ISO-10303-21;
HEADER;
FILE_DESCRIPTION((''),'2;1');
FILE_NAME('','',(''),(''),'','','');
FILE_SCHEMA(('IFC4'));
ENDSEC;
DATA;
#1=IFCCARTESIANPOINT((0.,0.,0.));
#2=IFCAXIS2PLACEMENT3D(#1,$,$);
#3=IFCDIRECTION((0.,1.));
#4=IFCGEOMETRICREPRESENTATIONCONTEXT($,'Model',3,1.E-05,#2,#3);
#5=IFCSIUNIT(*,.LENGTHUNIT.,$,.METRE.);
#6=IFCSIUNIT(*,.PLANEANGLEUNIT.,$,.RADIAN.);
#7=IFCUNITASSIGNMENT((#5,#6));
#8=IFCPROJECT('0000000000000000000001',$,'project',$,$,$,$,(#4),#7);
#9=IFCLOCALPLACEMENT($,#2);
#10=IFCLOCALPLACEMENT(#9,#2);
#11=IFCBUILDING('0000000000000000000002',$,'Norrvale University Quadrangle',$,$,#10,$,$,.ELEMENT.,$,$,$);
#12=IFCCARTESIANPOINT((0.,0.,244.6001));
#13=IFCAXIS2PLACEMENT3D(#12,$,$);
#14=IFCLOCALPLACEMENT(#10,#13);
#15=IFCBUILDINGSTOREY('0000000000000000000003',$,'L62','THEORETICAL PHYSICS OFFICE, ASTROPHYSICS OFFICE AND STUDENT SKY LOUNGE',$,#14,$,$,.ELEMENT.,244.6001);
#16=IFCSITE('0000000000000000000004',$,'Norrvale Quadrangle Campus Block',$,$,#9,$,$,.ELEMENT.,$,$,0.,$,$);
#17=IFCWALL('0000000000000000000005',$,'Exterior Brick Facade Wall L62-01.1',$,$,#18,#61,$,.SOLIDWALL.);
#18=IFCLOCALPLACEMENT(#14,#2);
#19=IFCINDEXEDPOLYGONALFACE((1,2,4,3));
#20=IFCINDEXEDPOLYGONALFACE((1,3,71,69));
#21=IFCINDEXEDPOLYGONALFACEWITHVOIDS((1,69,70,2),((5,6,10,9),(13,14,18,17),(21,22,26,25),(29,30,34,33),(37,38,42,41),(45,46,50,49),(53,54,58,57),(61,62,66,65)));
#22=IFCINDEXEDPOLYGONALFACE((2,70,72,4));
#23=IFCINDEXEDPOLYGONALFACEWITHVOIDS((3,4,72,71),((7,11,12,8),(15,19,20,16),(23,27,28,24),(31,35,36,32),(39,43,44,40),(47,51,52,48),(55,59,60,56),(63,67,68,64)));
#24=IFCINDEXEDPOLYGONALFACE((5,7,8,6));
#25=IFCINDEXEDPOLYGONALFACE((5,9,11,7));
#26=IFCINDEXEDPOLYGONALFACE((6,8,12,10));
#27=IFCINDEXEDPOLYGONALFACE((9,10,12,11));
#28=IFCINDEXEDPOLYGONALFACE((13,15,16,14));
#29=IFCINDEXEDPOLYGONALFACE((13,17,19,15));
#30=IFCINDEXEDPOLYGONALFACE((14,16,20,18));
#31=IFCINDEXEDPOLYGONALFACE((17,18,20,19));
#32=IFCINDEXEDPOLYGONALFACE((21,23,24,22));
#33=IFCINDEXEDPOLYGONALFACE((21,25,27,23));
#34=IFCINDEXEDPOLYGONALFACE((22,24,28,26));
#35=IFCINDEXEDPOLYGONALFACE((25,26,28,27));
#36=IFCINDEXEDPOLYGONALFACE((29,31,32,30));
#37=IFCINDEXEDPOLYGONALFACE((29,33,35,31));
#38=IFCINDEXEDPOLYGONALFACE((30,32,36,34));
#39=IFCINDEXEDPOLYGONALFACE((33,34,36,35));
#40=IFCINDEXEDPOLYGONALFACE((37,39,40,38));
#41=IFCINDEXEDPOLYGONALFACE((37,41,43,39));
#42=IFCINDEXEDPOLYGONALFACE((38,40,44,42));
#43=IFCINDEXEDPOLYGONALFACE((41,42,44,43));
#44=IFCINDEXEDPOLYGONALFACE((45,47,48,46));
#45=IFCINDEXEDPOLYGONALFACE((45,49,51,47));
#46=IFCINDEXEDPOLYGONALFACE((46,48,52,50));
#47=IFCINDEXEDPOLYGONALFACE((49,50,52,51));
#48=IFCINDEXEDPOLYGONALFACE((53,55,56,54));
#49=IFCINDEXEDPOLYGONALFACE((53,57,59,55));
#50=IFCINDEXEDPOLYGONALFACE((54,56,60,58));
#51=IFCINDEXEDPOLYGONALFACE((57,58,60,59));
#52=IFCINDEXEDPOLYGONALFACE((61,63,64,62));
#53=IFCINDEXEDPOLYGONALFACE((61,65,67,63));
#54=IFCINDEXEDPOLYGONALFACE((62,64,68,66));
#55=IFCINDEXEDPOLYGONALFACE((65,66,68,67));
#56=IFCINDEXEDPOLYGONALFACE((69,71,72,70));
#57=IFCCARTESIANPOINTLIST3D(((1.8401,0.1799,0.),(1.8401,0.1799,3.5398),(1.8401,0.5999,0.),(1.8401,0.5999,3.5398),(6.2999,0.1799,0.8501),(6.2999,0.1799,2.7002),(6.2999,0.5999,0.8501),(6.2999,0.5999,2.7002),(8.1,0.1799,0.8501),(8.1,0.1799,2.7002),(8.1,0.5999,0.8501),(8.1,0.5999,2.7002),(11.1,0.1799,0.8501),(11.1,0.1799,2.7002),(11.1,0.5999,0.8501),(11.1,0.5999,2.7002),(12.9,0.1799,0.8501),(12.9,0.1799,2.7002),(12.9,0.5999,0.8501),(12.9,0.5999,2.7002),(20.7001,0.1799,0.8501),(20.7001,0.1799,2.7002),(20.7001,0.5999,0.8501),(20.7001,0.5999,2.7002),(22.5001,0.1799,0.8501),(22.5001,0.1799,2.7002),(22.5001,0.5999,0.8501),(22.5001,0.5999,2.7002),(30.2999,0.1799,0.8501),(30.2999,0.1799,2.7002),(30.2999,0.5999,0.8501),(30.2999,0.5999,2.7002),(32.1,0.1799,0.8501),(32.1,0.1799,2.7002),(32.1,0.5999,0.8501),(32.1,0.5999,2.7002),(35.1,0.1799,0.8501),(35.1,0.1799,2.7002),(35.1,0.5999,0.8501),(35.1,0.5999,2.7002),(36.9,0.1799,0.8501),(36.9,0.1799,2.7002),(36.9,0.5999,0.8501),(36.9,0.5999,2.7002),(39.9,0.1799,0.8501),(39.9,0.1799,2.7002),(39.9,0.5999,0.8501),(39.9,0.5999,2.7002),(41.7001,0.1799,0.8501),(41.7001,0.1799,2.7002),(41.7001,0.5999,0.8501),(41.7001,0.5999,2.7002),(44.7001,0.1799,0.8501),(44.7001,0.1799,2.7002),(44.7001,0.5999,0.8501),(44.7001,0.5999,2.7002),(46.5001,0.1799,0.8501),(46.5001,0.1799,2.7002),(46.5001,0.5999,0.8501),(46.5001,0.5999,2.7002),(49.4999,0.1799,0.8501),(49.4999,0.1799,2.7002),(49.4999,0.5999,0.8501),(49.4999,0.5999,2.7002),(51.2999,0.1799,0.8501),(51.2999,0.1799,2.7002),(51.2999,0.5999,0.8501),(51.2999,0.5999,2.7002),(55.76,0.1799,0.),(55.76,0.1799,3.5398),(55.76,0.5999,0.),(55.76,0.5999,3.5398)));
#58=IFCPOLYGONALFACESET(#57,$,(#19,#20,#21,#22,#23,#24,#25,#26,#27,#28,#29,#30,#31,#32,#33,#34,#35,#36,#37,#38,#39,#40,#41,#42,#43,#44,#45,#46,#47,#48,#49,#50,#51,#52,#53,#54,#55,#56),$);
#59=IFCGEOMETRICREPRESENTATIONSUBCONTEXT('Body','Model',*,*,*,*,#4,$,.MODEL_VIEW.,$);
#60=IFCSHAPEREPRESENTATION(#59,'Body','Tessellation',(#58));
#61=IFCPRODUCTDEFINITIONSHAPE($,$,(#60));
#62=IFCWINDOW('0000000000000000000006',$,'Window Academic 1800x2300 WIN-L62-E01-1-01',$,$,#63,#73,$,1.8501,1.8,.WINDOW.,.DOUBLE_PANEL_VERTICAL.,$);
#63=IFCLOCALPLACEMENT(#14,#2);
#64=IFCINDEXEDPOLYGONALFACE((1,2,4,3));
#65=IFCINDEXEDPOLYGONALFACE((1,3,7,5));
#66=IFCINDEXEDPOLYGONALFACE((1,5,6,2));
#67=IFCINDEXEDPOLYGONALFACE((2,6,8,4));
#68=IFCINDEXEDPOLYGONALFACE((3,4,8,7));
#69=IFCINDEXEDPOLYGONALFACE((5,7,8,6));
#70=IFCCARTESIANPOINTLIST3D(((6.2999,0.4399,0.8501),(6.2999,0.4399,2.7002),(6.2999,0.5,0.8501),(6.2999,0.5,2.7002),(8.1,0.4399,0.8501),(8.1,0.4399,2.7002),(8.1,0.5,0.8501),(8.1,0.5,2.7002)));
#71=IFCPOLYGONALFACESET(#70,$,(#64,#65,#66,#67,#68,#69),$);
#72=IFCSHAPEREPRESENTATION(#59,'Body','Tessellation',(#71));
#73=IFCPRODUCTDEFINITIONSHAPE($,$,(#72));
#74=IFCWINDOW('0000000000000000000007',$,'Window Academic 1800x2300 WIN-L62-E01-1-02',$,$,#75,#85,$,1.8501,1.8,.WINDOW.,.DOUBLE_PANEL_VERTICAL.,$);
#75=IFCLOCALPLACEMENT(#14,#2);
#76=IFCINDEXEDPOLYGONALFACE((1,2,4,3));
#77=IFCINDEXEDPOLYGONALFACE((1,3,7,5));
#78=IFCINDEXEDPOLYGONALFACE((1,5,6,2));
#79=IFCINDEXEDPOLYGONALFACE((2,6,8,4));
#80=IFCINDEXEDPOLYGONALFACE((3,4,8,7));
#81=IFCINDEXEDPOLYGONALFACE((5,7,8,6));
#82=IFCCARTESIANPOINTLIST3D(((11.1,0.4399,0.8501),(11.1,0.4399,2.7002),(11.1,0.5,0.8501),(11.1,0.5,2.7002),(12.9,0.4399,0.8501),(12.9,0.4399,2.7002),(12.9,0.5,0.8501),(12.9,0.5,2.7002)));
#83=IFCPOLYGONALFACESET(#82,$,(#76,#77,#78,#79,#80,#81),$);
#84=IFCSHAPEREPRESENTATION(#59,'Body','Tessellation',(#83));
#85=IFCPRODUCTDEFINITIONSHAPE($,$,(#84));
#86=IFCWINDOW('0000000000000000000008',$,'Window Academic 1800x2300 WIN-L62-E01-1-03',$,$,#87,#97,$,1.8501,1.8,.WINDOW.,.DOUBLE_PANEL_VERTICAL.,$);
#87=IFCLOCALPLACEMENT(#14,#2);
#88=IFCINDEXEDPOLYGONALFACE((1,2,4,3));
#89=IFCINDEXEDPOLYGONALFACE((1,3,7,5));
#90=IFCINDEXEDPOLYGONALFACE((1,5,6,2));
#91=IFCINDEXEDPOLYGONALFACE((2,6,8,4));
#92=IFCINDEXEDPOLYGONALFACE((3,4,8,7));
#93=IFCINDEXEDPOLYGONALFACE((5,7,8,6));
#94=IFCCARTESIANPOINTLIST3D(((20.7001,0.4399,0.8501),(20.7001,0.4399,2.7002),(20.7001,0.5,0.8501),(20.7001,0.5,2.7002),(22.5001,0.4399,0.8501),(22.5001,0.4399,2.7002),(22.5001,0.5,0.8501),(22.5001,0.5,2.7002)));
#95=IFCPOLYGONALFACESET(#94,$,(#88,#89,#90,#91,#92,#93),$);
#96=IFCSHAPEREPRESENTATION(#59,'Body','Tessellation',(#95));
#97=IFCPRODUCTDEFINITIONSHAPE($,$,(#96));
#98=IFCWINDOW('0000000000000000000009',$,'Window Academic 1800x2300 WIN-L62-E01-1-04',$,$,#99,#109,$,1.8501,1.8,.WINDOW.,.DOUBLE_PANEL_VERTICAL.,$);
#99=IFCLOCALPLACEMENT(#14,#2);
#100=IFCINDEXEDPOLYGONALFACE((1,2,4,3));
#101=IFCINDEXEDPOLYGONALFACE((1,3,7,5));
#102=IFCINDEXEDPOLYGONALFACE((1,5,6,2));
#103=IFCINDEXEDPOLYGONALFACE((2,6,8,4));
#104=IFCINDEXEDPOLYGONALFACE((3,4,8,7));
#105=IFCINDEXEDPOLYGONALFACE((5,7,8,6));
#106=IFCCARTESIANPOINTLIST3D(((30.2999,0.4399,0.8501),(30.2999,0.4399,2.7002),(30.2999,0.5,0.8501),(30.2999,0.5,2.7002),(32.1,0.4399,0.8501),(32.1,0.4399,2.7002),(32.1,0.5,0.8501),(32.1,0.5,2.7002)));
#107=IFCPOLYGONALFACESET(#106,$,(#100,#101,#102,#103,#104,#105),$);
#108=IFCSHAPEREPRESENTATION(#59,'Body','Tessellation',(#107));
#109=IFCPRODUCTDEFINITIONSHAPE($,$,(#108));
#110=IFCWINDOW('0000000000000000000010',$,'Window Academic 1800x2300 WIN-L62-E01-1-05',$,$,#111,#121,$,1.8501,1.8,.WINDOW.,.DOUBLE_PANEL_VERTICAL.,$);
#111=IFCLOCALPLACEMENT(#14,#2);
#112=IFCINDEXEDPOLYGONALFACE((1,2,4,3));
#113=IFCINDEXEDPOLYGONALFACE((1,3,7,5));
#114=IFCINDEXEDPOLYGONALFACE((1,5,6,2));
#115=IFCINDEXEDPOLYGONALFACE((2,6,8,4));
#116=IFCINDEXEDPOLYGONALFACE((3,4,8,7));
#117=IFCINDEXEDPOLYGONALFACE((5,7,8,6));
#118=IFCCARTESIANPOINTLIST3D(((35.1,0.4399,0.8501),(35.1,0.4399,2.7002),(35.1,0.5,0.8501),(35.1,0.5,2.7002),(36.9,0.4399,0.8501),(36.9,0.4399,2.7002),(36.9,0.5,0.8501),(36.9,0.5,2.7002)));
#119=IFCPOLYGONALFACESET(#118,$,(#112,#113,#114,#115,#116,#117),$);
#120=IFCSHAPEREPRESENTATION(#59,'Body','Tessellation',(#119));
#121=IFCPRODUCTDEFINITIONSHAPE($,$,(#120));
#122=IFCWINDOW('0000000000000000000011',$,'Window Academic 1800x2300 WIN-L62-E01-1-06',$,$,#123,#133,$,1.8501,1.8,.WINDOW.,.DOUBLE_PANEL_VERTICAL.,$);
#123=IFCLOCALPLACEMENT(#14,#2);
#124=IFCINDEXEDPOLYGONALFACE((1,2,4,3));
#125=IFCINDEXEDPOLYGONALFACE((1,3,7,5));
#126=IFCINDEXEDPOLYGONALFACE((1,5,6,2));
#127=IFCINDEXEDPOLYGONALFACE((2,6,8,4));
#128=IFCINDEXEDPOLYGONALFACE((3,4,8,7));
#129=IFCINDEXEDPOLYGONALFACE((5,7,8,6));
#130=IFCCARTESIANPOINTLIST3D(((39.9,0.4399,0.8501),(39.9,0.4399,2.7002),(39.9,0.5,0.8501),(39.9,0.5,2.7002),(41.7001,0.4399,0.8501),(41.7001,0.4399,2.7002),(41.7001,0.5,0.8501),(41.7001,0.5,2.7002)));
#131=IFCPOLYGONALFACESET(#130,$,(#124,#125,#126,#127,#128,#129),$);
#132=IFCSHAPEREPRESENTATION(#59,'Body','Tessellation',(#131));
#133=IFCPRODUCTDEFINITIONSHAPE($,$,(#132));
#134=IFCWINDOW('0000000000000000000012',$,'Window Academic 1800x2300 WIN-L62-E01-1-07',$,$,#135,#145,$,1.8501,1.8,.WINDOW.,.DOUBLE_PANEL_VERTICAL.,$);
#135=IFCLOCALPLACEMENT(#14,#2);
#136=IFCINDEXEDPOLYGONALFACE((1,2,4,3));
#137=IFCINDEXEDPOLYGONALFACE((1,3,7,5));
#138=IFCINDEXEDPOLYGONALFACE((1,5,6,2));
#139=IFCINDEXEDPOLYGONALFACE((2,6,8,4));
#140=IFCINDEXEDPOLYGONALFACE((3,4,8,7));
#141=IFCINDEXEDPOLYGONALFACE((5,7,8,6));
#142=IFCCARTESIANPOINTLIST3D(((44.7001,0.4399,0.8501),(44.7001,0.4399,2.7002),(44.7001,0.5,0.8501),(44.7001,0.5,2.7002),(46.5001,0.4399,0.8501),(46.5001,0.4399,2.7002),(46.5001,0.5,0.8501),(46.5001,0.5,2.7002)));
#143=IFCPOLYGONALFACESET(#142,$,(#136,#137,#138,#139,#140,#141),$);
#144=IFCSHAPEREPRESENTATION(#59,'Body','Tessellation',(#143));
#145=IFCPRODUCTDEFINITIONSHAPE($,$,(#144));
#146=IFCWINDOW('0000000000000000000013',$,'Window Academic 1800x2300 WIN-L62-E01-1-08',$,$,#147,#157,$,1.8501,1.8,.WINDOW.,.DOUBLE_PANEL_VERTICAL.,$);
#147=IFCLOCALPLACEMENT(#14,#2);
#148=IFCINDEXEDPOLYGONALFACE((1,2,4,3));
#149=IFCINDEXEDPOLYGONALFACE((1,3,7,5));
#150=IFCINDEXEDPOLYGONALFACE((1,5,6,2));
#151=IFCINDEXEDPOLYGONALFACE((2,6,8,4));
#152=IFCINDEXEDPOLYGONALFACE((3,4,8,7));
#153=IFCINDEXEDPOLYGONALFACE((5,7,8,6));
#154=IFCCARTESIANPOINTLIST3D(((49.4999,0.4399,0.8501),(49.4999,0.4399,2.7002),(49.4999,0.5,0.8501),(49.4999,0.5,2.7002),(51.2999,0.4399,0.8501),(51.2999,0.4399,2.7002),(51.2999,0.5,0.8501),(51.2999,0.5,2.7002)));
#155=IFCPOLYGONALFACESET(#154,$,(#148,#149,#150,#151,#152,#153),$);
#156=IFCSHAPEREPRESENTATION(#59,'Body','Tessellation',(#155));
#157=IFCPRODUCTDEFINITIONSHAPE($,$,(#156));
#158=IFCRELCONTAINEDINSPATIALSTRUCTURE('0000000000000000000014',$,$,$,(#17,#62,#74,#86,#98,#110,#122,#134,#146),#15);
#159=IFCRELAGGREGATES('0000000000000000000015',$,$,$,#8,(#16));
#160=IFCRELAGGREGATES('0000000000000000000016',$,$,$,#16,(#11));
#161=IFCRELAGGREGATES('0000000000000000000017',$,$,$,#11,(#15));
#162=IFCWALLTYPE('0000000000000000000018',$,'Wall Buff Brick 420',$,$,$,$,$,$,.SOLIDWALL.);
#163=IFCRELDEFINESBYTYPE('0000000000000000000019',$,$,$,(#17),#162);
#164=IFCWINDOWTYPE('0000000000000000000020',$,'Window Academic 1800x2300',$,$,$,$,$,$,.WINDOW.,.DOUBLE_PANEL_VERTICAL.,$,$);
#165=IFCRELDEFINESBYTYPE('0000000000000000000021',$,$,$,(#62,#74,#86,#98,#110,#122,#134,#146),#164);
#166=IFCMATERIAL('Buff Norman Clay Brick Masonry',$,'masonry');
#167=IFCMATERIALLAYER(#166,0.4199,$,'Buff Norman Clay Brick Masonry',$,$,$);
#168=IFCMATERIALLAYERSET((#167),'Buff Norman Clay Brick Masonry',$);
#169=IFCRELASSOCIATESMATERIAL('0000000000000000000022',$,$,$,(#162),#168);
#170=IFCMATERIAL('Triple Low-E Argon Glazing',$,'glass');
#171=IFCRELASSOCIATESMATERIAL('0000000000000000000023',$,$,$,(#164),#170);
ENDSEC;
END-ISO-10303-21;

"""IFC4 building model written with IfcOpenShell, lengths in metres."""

from ifc_helpers import new_model, si_unit, direction, frame, frame_2d, origin, place, context, subcontext, project, spatial, rectangle, extrude, material, layer, layer_set, type_object, element, fill, save


model = new_model("IFC4")

# Units and contexts
model_context = context("Model", 3, precision=1e-05, world=origin(), true_north=direction((0.0, 1.0)))
body_context = subcontext(model_context, "Body", "Model", "MODEL_VIEW")
ifc_project = project(units=[si_unit("LENGTHUNIT", "METRE"), si_unit("PLANEANGLEUNIT", "RADIAN")], contexts=[model_context])

# Site, building, storey
site_placement = place(None, origin())
site = spatial("IfcSite", under=ifc_project, at=site_placement, Name="Norrvale Quadrangle Campus Block", CompositionType="ELEMENT", RefElevation=0.0)
building_placement = place(site_placement, origin())
building = spatial("IfcBuilding", under=site, at=building_placement, Name="Norrvale University Quadrangle", CompositionType="ELEMENT")
storey_placement = place(building_placement, frame((0.0, 0.0, 244.6001)))
storey = spatial("IfcBuildingStorey", under=building, at=storey_placement, Name="L62", Description="THEORETICAL PHYSICS OFFICE, ASTROPHYSICS OFFICE AND STUDENT SKY LOUNGE", CompositionType="ELEMENT", Elevation=244.6001)

# Wall, openings, windows
ifc_material_1 = material(Name="Buff Norman Clay Brick Masonry", Category="masonry")
ifc_layer_1 = layer(ifc_material_1, 0.4199, Name="Buff Norman Clay Brick Masonry")
ifc_layer_set_1 = layer_set([ifc_layer_1], Name="Buff Norman Clay Brick Masonry")
wall_type_1 = type_object("IfcWallType", Name="Wall Buff Brick 420", PredefinedType="SOLIDWALL", material=ifc_layer_set_1)
wall_1_placement = place(storey_placement, frame((1.8401, 0.3899, 0.0), z_axis=(0.0, 0.0, 1.0), x_axis=(1.0, 0.0, 0.0)))
wall_1 = element("IfcWall", 1, at=wall_1_placement, inside=storey, type_object=wall_type_1, Name="Exterior Brick Facade Wall L62-01.1", PredefinedType="SOLIDWALL", context=body_context, shape_type="SweptSolid", body=[
    extrude(rectangle(XDim=53.9199, YDim=0.4199, at=frame_2d((26.96, 0.0))), origin(), (0.0, 0.0, 1.0), 3.5398),
])
opening_1_placement = place(wall_1_placement, frame((4.46, 0.0, 0.8501)))
opening_1 = element("IfcOpeningElement", 2, at=opening_1_placement, cuts=wall_1, PredefinedType="OPENING", context=body_context, shape_type="SweptSolid", body=[
    extrude(rectangle(XDim=1.8, YDim=1.8501, at=frame_2d((0.8999, 0.925))), frame((0.0, 0.2219, 0.0), z_axis=(0.0, -1.0, 0.0), x_axis=(1.0, 0.0, 0.0)), (0.0, 0.0, 1.0), 0.4438),
])
opening_2_placement = place(wall_1_placement, frame((9.26, 0.0, 0.8501)))
opening_2 = element("IfcOpeningElement", 3, at=opening_2_placement, cuts=wall_1, PredefinedType="OPENING", context=body_context, shape_type="SweptSolid", body=[
    extrude(rectangle(XDim=1.8, YDim=1.8501, at=frame_2d((0.8999, 0.925))), frame((0.0, 0.2219, 0.0), z_axis=(0.0, -1.0, 0.0), x_axis=(1.0, 0.0, 0.0)), (0.0, 0.0, 1.0), 0.4438),
])
opening_3_placement = place(wall_1_placement, frame((18.8601, 0.0, 0.8501)))
opening_3 = element("IfcOpeningElement", 4, at=opening_3_placement, cuts=wall_1, PredefinedType="OPENING", context=body_context, shape_type="SweptSolid", body=[
    extrude(rectangle(XDim=1.8, YDim=1.8501, at=frame_2d((0.8999, 0.925))), frame((0.0, 0.2219, 0.0), z_axis=(0.0, -1.0, 0.0), x_axis=(1.0, 0.0, 0.0)), (0.0, 0.0, 1.0), 0.4438),
])
opening_4_placement = place(wall_1_placement, frame((28.46, 0.0, 0.8501)))
opening_4 = element("IfcOpeningElement", 5, at=opening_4_placement, cuts=wall_1, PredefinedType="OPENING", context=body_context, shape_type="SweptSolid", body=[
    extrude(rectangle(XDim=1.8, YDim=1.8501, at=frame_2d((0.8999, 0.925))), frame((0.0, 0.2219, 0.0), z_axis=(0.0, -1.0, 0.0), x_axis=(1.0, 0.0, 0.0)), (0.0, 0.0, 1.0), 0.4438),
])
opening_5_placement = place(wall_1_placement, frame((33.26, 0.0, 0.8501)))
opening_5 = element("IfcOpeningElement", 6, at=opening_5_placement, cuts=wall_1, PredefinedType="OPENING", context=body_context, shape_type="SweptSolid", body=[
    extrude(rectangle(XDim=1.8, YDim=1.8501, at=frame_2d((0.8999, 0.925))), frame((0.0, 0.2219, 0.0), z_axis=(0.0, -1.0, 0.0), x_axis=(1.0, 0.0, 0.0)), (0.0, 0.0, 1.0), 0.4438),
])
opening_6_placement = place(wall_1_placement, frame((38.0601, 0.0, 0.8501)))
opening_6 = element("IfcOpeningElement", 7, at=opening_6_placement, cuts=wall_1, PredefinedType="OPENING", context=body_context, shape_type="SweptSolid", body=[
    extrude(rectangle(XDim=1.8, YDim=1.8501, at=frame_2d((0.8999, 0.925))), frame((0.0, 0.2219, 0.0), z_axis=(0.0, -1.0, 0.0), x_axis=(1.0, 0.0, 0.0)), (0.0, 0.0, 1.0), 0.4438),
])
opening_7_placement = place(wall_1_placement, frame((42.8601, 0.0, 0.8501)))
opening_7 = element("IfcOpeningElement", 8, at=opening_7_placement, cuts=wall_1, PredefinedType="OPENING", context=body_context, shape_type="SweptSolid", body=[
    extrude(rectangle(XDim=1.8, YDim=1.8501, at=frame_2d((0.8999, 0.925))), frame((0.0, 0.2219, 0.0), z_axis=(0.0, -1.0, 0.0), x_axis=(1.0, 0.0, 0.0)), (0.0, 0.0, 1.0), 0.4438),
])
opening_8_placement = place(wall_1_placement, frame((47.6599, 0.0, 0.8501)))
opening_8 = element("IfcOpeningElement", 9, at=opening_8_placement, cuts=wall_1, PredefinedType="OPENING", context=body_context, shape_type="SweptSolid", body=[
    extrude(rectangle(XDim=1.8, YDim=1.8501, at=frame_2d((0.8999, 0.925))), frame((0.0, 0.2219, 0.0), z_axis=(0.0, -1.0, 0.0), x_axis=(1.0, 0.0, 0.0)), (0.0, 0.0, 1.0), 0.4438),
])
ifc_material_2 = material(Name="Triple Low-E Argon Glazing", Category="glass")
window_type = type_object("IfcWindowType", Name="Window Academic 1800x2300", PartitioningType="DOUBLE_PANEL_VERTICAL", PredefinedType="WINDOW", material=ifc_material_2)
window_1_placement = place(opening_1_placement, origin())
window_1 = element("IfcWindow", 10, at=window_1_placement, inside=storey, type_object=window_type, Name="Window Academic 1800x2300 WIN-L62-E01-1-01", OverallHeight=1.8501, OverallWidth=1.8, PartitioningType="DOUBLE_PANEL_VERTICAL", PredefinedType="WINDOW", context=body_context, shape_type="SweptSolid", body=[
    extrude(rectangle(XDim=1.8, YDim=1.8501, at=frame_2d((0.8999, 0.925))), frame((0.0, 0.1101, 0.0), z_axis=(0.0, -1.0, 0.0), x_axis=(1.0, 0.0, 0.0)), (0.0, 0.0, 1.0), 0.0601),
])
fill(opening_1, window_1)
window_2_placement = place(opening_2_placement, origin())
window_2 = element("IfcWindow", 11, at=window_2_placement, inside=storey, type_object=window_type, Name="Window Academic 1800x2300 WIN-L62-E01-1-02", OverallHeight=1.8501, OverallWidth=1.8, PartitioningType="DOUBLE_PANEL_VERTICAL", PredefinedType="WINDOW", context=body_context, shape_type="SweptSolid", body=[
    extrude(rectangle(XDim=1.8, YDim=1.8501, at=frame_2d((0.8999, 0.925))), frame((0.0, 0.1101, 0.0), z_axis=(0.0, -1.0, 0.0), x_axis=(1.0, 0.0, 0.0)), (0.0, 0.0, 1.0), 0.0601),
])
fill(opening_2, window_2)
window_3_placement = place(opening_3_placement, origin())
window_3 = element("IfcWindow", 12, at=window_3_placement, inside=storey, type_object=window_type, Name="Window Academic 1800x2300 WIN-L62-E01-1-03", OverallHeight=1.8501, OverallWidth=1.8, PartitioningType="DOUBLE_PANEL_VERTICAL", PredefinedType="WINDOW", context=body_context, shape_type="SweptSolid", body=[
    extrude(rectangle(XDim=1.8, YDim=1.8501, at=frame_2d((0.8999, 0.925))), frame((0.0, 0.1101, 0.0), z_axis=(0.0, -1.0, 0.0), x_axis=(1.0, 0.0, 0.0)), (0.0, 0.0, 1.0), 0.0601),
])
fill(opening_3, window_3)
window_4_placement = place(opening_4_placement, origin())
window_4 = element("IfcWindow", 13, at=window_4_placement, inside=storey, type_object=window_type, Name="Window Academic 1800x2300 WIN-L62-E01-1-04", OverallHeight=1.8501, OverallWidth=1.8, PartitioningType="DOUBLE_PANEL_VERTICAL", PredefinedType="WINDOW", context=body_context, shape_type="SweptSolid", body=[
    extrude(rectangle(XDim=1.8, YDim=1.8501, at=frame_2d((0.8999, 0.925))), frame((0.0, 0.1101, 0.0), z_axis=(0.0, -1.0, 0.0), x_axis=(1.0, 0.0, 0.0)), (0.0, 0.0, 1.0), 0.0601),
])
fill(opening_4, window_4)
window_5_placement = place(opening_5_placement, origin())
window_5 = element("IfcWindow", 14, at=window_5_placement, inside=storey, type_object=window_type, Name="Window Academic 1800x2300 WIN-L62-E01-1-05", OverallHeight=1.8501, OverallWidth=1.8, PartitioningType="DOUBLE_PANEL_VERTICAL", PredefinedType="WINDOW", context=body_context, shape_type="SweptSolid", body=[
    extrude(rectangle(XDim=1.8, YDim=1.8501, at=frame_2d((0.8999, 0.925))), frame((0.0, 0.1101, 0.0), z_axis=(0.0, -1.0, 0.0), x_axis=(1.0, 0.0, 0.0)), (0.0, 0.0, 1.0), 0.0601),
])
fill(opening_5, window_5)
window_6_placement = place(opening_6_placement, origin())
window_6 = element("IfcWindow", 15, at=window_6_placement, inside=storey, type_object=window_type, Name="Window Academic 1800x2300 WIN-L62-E01-1-06", OverallHeight=1.8501, OverallWidth=1.8, PartitioningType="DOUBLE_PANEL_VERTICAL", PredefinedType="WINDOW", context=body_context, shape_type="SweptSolid", body=[
    extrude(rectangle(XDim=1.8, YDim=1.8501, at=frame_2d((0.8999, 0.925))), frame((0.0, 0.1101, 0.0), z_axis=(0.0, -1.0, 0.0), x_axis=(1.0, 0.0, 0.0)), (0.0, 0.0, 1.0), 0.0601),
])
fill(opening_6, window_6)
window_7_placement = place(opening_7_placement, origin())
window_7 = element("IfcWindow", 16, at=window_7_placement, inside=storey, type_object=window_type, Name="Window Academic 1800x2300 WIN-L62-E01-1-07", OverallHeight=1.8501, OverallWidth=1.8, PartitioningType="DOUBLE_PANEL_VERTICAL", PredefinedType="WINDOW", context=body_context, shape_type="SweptSolid", body=[
    extrude(rectangle(XDim=1.8, YDim=1.8501, at=frame_2d((0.8999, 0.925))), frame((0.0, 0.1101, 0.0), z_axis=(0.0, -1.0, 0.0), x_axis=(1.0, 0.0, 0.0)), (0.0, 0.0, 1.0), 0.0601),
])
fill(opening_7, window_7)
window_8_placement = place(opening_8_placement, origin())
window_8 = element("IfcWindow", 17, at=window_8_placement, inside=storey, type_object=window_type, Name="Window Academic 1800x2300 WIN-L62-E01-1-08", OverallHeight=1.8501, OverallWidth=1.8, PartitioningType="DOUBLE_PANEL_VERTICAL", PredefinedType="WINDOW", context=body_context, shape_type="SweptSolid", body=[
    extrude(rectangle(XDim=1.8, YDim=1.8501, at=frame_2d((0.8999, 0.925))), frame((0.0, 0.1101, 0.0), z_axis=(0.0, -1.0, 0.0), x_axis=(1.0, 0.0, 0.0)), (0.0, 0.0, 1.0), 0.0601),
])
fill(opening_8, window_8)

save(model, "model.ifc")
